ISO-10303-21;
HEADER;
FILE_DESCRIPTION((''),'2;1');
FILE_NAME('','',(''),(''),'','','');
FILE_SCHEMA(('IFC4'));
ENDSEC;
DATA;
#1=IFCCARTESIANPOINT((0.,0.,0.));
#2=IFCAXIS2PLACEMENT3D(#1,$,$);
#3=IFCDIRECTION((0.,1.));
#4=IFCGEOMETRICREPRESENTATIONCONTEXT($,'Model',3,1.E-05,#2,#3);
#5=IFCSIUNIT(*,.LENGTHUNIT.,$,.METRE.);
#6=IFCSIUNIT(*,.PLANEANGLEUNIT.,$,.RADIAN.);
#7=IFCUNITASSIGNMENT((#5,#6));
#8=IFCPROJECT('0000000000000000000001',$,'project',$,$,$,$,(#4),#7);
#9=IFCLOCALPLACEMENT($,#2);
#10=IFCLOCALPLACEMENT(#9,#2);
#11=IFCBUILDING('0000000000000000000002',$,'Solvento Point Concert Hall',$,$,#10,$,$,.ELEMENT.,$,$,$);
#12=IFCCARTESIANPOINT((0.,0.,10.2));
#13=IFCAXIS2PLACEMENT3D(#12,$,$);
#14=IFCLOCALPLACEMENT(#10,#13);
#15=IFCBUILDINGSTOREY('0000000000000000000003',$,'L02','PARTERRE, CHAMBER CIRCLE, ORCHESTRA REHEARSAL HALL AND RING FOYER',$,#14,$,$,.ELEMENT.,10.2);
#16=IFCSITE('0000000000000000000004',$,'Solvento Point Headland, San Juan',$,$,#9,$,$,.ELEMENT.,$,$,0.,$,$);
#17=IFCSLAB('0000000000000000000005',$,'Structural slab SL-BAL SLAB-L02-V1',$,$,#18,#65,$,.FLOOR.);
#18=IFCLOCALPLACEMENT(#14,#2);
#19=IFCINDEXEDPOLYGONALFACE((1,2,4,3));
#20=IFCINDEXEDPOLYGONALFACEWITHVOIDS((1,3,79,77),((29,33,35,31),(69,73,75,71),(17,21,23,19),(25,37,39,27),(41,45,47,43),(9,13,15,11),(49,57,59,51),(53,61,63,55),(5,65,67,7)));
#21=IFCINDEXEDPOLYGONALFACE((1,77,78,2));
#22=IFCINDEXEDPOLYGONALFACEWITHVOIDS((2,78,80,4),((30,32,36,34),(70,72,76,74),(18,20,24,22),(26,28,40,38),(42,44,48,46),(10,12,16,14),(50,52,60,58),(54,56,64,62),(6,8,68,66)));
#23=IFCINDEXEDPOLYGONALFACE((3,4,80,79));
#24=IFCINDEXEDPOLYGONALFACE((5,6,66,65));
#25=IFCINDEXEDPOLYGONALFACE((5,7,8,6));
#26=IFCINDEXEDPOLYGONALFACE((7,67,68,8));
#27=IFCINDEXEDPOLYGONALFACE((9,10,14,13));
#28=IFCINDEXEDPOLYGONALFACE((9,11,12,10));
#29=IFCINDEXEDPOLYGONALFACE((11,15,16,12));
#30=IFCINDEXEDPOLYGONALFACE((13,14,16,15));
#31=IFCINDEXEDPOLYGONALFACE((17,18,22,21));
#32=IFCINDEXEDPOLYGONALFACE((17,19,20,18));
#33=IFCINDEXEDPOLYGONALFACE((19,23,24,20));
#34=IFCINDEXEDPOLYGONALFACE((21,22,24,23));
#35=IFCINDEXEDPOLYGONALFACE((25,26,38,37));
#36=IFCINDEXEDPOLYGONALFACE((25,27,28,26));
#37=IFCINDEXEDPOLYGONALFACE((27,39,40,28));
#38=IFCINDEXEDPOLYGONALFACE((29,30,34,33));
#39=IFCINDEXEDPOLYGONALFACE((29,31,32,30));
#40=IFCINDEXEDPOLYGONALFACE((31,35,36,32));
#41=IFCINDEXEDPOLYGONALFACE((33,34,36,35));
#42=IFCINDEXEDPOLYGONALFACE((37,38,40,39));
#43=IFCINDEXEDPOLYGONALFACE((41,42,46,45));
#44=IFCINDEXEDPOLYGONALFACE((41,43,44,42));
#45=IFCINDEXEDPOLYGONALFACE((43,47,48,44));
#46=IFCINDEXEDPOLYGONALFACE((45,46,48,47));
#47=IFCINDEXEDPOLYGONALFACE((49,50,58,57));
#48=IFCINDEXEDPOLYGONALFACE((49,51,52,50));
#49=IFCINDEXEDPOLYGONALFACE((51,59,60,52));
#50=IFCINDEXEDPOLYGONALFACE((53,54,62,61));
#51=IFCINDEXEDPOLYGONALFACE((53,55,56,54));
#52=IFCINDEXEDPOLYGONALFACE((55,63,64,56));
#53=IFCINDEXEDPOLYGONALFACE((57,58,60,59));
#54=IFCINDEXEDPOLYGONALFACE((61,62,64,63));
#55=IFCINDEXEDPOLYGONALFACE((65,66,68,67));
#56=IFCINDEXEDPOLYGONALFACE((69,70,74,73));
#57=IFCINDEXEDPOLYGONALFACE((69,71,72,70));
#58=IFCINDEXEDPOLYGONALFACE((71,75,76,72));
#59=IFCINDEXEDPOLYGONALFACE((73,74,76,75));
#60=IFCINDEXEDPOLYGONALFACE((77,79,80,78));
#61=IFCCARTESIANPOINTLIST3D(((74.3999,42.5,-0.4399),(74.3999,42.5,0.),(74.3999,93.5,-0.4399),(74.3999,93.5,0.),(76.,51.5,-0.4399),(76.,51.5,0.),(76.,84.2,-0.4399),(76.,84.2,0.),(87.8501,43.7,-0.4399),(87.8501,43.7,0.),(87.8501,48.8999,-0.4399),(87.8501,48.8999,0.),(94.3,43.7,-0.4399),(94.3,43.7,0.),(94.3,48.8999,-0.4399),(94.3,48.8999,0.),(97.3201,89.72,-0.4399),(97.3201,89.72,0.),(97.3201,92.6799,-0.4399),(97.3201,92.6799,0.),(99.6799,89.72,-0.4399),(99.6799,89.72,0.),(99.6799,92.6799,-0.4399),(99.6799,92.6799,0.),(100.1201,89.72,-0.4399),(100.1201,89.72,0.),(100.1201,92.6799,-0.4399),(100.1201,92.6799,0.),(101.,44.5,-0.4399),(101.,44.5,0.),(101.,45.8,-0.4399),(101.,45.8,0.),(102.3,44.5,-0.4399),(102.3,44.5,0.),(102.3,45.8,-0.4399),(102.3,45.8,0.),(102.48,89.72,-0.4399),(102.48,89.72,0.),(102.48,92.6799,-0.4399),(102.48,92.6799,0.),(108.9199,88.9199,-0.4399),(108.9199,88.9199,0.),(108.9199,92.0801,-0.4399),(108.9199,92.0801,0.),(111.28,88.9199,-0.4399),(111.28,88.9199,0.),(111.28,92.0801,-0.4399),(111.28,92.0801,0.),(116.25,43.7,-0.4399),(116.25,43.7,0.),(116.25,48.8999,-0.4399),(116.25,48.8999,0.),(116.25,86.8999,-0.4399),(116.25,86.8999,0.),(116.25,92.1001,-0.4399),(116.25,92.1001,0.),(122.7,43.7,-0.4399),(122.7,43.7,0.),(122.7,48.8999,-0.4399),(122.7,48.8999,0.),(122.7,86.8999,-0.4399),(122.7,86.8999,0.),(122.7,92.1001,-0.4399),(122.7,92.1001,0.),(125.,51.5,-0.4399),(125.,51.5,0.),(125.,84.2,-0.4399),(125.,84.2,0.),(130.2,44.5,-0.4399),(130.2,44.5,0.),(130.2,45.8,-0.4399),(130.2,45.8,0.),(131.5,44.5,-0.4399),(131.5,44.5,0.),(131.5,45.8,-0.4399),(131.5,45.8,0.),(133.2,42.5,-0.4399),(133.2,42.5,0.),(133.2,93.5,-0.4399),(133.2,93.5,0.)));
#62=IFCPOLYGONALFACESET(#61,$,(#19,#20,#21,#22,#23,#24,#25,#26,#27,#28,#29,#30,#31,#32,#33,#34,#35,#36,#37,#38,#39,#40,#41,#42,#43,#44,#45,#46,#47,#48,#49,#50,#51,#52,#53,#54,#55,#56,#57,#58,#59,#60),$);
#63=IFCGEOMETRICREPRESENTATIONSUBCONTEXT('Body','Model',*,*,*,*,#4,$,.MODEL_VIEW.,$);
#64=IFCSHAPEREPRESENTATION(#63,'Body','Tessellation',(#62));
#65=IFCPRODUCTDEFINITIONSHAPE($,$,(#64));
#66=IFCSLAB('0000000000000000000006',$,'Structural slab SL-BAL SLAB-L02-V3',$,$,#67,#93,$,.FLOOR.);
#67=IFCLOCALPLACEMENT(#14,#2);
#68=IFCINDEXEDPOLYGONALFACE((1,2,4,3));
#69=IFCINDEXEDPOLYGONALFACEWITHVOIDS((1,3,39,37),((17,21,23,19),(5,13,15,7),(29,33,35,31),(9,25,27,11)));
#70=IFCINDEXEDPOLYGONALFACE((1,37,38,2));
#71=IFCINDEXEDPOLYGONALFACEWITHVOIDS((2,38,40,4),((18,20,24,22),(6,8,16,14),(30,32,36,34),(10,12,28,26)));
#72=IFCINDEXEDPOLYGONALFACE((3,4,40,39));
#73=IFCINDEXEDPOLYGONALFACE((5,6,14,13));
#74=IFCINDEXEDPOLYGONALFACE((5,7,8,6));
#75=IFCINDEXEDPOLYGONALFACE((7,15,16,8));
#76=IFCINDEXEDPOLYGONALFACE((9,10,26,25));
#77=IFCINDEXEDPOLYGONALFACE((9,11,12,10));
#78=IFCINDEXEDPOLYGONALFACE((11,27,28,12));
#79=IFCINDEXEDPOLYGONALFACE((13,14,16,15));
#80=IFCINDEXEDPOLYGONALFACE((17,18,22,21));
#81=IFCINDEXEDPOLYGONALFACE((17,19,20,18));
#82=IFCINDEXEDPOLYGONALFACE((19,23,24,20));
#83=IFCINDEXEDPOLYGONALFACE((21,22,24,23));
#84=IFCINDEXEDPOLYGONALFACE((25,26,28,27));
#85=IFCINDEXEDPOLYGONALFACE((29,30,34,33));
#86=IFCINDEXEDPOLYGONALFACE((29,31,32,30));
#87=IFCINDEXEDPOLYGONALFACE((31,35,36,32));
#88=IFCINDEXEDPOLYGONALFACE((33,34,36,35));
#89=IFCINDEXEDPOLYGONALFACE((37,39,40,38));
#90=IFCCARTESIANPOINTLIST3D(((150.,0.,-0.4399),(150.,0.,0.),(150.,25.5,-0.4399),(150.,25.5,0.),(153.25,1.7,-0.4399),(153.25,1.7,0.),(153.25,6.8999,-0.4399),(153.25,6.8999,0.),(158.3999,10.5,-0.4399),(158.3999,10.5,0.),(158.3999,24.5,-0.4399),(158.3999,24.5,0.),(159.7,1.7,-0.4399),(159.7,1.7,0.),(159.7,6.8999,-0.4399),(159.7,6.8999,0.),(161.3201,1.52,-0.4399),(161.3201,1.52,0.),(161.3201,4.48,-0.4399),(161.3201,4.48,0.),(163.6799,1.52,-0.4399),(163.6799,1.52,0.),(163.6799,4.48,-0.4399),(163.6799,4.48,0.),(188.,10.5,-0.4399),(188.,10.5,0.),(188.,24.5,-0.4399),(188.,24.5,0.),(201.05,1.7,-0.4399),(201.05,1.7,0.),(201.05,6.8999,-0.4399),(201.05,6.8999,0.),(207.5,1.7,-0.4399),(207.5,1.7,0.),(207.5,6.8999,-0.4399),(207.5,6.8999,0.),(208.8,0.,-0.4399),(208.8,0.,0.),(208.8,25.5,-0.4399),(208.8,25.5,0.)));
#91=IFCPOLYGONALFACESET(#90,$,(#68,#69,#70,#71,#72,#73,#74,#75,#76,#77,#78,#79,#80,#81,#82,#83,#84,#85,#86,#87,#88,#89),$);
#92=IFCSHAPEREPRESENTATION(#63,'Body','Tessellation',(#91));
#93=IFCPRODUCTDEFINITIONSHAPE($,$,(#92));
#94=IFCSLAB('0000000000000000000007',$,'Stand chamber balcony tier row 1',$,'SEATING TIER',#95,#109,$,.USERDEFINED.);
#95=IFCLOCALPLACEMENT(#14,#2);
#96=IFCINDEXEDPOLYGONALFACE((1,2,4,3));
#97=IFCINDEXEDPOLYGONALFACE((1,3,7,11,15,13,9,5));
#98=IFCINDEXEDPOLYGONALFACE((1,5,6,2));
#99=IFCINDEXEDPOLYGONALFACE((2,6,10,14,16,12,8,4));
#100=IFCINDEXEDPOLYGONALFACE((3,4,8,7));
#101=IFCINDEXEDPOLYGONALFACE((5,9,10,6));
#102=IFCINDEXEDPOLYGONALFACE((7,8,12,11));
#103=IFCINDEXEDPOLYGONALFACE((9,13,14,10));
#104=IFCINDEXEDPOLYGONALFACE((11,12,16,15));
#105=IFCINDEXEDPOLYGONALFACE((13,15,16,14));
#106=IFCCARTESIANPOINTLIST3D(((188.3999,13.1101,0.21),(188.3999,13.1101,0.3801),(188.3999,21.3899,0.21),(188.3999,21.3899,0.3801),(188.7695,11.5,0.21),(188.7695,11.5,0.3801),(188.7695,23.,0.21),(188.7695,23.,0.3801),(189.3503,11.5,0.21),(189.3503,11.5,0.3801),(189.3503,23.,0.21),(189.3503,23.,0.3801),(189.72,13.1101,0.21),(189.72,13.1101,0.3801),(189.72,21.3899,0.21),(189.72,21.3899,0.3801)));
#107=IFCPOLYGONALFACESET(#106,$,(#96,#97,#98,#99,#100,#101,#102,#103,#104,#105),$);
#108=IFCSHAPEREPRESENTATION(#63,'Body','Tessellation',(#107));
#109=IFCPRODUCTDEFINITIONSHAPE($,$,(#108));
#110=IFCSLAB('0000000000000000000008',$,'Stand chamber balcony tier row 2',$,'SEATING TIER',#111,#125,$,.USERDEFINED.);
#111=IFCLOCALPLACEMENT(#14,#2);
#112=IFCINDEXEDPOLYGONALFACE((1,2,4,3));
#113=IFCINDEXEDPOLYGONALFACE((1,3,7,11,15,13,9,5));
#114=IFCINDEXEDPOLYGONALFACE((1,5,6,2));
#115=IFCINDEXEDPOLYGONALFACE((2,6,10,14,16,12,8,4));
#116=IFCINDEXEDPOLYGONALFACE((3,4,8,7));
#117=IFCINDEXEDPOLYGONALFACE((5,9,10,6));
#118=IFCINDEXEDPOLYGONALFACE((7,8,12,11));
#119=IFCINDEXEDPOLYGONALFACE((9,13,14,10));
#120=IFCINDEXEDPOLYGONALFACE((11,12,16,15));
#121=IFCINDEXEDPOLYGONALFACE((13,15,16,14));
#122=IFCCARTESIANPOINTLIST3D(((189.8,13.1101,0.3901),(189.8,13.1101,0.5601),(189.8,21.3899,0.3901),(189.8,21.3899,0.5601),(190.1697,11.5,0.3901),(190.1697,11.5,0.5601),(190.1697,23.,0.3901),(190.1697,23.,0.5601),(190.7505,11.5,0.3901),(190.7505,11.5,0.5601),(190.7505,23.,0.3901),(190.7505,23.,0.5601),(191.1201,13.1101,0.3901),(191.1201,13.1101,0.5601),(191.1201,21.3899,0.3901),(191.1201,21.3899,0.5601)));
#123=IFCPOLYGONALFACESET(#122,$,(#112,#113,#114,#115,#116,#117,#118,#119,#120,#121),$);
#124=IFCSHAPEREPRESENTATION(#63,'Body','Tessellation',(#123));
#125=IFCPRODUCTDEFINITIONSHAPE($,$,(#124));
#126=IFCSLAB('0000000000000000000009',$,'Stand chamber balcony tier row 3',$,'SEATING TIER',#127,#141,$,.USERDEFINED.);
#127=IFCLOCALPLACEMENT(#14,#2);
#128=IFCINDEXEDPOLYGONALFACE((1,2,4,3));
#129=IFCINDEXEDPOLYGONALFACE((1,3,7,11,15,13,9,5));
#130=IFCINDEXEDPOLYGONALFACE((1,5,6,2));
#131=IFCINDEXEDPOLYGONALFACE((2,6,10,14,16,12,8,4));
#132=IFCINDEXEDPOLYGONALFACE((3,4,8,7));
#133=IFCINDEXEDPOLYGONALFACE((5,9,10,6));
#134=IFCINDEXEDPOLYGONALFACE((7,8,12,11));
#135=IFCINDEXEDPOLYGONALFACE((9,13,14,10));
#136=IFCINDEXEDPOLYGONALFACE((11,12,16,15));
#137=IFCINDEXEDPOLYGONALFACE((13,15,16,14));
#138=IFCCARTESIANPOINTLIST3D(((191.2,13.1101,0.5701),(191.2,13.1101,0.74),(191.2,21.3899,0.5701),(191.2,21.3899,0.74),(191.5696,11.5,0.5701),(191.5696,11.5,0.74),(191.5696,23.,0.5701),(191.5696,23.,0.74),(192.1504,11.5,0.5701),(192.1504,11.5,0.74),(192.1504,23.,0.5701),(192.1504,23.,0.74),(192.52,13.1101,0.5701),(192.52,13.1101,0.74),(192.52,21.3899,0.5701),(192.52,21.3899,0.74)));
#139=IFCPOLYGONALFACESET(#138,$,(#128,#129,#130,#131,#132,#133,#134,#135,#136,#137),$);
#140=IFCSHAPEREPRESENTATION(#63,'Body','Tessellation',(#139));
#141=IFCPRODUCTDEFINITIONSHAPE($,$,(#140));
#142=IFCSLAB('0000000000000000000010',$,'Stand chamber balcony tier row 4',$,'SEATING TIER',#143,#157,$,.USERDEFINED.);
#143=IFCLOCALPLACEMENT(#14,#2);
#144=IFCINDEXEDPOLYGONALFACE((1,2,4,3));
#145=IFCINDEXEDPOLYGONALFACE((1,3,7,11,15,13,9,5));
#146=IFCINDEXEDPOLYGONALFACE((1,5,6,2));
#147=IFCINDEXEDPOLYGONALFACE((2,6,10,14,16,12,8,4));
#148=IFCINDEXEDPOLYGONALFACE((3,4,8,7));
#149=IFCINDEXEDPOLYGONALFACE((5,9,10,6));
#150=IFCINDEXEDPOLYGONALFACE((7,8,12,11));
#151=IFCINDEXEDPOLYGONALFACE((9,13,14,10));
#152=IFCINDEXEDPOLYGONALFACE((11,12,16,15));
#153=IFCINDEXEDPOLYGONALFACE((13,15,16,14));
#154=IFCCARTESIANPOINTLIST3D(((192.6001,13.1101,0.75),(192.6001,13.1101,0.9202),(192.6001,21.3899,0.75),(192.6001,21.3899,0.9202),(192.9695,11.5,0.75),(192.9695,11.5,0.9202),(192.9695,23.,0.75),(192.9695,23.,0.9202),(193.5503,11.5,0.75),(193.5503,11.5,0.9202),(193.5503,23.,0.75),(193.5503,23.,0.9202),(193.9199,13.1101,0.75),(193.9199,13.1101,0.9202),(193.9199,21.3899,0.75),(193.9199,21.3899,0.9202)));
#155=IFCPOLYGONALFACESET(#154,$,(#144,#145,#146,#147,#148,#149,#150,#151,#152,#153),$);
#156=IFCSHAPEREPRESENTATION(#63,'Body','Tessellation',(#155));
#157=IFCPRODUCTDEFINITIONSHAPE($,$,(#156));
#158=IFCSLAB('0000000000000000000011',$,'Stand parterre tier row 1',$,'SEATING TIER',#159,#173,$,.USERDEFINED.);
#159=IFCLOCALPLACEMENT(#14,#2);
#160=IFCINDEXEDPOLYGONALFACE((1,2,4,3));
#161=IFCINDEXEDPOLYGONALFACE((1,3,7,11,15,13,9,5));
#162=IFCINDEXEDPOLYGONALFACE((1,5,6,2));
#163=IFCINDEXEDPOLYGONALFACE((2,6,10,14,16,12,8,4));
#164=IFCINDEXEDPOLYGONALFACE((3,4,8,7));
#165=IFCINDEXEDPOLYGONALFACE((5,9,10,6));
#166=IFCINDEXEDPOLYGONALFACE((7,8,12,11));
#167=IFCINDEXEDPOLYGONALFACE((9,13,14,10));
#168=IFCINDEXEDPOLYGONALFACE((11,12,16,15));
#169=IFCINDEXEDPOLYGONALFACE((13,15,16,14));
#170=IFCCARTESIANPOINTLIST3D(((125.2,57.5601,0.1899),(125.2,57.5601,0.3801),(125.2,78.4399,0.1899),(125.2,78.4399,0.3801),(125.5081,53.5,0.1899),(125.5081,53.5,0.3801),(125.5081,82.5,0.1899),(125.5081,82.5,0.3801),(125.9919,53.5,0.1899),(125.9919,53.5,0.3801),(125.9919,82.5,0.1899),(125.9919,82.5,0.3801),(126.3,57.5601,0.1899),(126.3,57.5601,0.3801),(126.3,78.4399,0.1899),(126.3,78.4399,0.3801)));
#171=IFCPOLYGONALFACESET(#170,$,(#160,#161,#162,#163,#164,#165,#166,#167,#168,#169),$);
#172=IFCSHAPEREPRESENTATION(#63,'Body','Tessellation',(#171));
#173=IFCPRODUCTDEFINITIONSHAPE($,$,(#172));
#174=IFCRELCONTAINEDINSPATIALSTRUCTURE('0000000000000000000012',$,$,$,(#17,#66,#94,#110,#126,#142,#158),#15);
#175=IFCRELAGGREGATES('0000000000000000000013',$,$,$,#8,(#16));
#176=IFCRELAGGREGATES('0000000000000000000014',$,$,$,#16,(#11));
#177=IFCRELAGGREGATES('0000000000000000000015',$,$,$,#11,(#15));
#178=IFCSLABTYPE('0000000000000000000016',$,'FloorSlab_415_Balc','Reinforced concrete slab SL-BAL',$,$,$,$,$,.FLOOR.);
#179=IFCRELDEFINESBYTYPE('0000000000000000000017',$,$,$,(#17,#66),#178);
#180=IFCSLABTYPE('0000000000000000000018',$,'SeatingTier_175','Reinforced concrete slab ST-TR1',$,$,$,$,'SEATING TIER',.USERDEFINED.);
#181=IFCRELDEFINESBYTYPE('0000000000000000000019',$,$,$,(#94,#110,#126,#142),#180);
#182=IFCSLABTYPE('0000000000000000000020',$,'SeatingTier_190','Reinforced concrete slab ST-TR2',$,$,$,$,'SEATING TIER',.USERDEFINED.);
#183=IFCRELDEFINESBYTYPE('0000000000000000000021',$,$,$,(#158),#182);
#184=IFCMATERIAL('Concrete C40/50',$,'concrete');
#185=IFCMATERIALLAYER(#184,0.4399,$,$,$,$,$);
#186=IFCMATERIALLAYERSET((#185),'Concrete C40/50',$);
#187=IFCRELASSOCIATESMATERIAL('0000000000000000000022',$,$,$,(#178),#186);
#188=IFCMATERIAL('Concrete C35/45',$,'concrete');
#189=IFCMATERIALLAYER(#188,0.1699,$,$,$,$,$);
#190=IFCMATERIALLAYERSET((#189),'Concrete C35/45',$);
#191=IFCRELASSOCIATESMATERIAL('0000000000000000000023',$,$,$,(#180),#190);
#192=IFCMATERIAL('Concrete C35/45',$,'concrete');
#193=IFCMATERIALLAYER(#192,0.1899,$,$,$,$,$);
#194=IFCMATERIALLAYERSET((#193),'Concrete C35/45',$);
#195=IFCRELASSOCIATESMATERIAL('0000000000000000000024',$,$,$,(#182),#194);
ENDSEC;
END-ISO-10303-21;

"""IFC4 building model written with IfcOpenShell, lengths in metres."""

from ifc_helpers import new_model, si_unit, direction, frame, origin, place, context, subcontext, project, spatial, polyline, outline, extrude, material, layer, layer_set, type_object, element, save


model = new_model("IFC4")

# Units and contexts
model_context = context("Model", 3, precision=1e-05, world=origin(), true_north=direction((0.0, 1.0)))
body_context = subcontext(model_context, "Body", "Model", "MODEL_VIEW")
ifc_project = project(units=[si_unit("LENGTHUNIT", "METRE"), si_unit("PLANEANGLEUNIT", "RADIAN")], contexts=[model_context])

# Site, building, storey
site_placement = place(None, origin())
site = spatial("IfcSite", under=ifc_project, at=site_placement, Name="Solvento Point Headland, San Juan", CompositionType="ELEMENT", RefElevation=0.0)
building_placement = place(site_placement, origin())
building = spatial("IfcBuilding", under=site, at=building_placement, Name="Solvento Point Concert Hall", CompositionType="ELEMENT")
storey_placement = place(building_placement, frame((0.0, 0.0, 10.2)))
storey = spatial("IfcBuildingStorey", under=building, at=storey_placement, Name="L02", Description="PARTERRE, CHAMBER CIRCLE, ORCHESTRA REHEARSAL HALL AND RING FOYER", CompositionType="ELEMENT", Elevation=10.2)

# Slabs
ifc_material_1 = material(Name="Concrete C40/50", Category="concrete")
ifc_layer_1 = layer(ifc_material_1, 0.4399)
ifc_layer_set_1 = layer_set([ifc_layer_1], Name="Concrete C40/50")
slab_type_1 = type_object("IfcSlabType", Name="FloorSlab_415_Balc", Description="Reinforced concrete slab SL-BAL", PredefinedType="FLOOR", material=ifc_layer_set_1)
slab_1_placement = place(storey_placement, frame((0.0, 0.0, -0.4399)))
element("IfcSlab", 1, at=slab_1_placement, inside=storey, type_object=slab_type_1, Name="Structural slab SL-BAL SLAB-L02-V1", PredefinedType="FLOOR", context=body_context, shape_type="SweptSolid", body=[
    extrude(outline(polyline([(133.2, 93.5), (133.2, 42.5), (74.3999, 42.5), (74.3999, 93.5), (133.2, 93.5)]), holes=[polyline([(131.5, 44.5), (131.5, 45.8), (130.2, 45.8), (130.2, 44.5), (131.5, 44.5)]), polyline([(76.0, 51.5), (125.0, 51.5), (125.0, 84.2), (76.0, 84.2), (76.0, 51.5)]), polyline([(122.7, 48.8999), (116.25, 48.8999), (116.25, 43.7), (122.7, 43.7), (122.7, 48.8999)]), polyline([(122.7, 86.8999), (122.7, 92.1001), (116.25, 92.1001), (116.25, 86.8999), (122.7, 86.8999)]), polyline([(111.28, 88.9199), (111.28, 92.0801), (108.9199, 92.0801), (108.9199, 88.9199), (111.28, 88.9199)]), polyline([(102.48, 92.6799), (100.1201, 92.6799), (100.1201, 89.72), (102.48, 89.72), (102.48, 92.6799)]), polyline([(102.3, 45.8), (101.0, 45.8), (101.0, 44.5), (102.3, 44.5), (102.3, 45.8)]), polyline([(99.6799, 92.6799), (97.3201, 92.6799), (97.3201, 89.72), (99.6799, 89.72), (99.6799, 92.6799)]), polyline([(94.3, 48.8999), (87.8501, 48.8999), (87.8501, 43.7), (94.3, 43.7), (94.3, 48.8999)])]), origin(), (0.0, 0.0, 1.0), 0.4399),
])
slab_2_placement = place(storey_placement, frame((0.0, 0.0, -0.4399)))
element("IfcSlab", 2, at=slab_2_placement, inside=storey, type_object=slab_type_1, Name="Structural slab SL-BAL SLAB-L02-V3", PredefinedType="FLOOR", context=body_context, shape_type="SweptSolid", body=[
    extrude(outline(polyline([(208.8, 25.5), (208.8, 0.0), (150.0, 0.0), (150.0, 25.5), (208.8, 25.5)]), holes=[polyline([(207.5, 1.7), (207.5, 6.8999), (201.05, 6.8999), (201.05, 1.7), (207.5, 1.7)]), polyline([(158.3999, 10.5), (188.0, 10.5), (188.0, 24.5), (158.3999, 24.5), (158.3999, 10.5)]), polyline([(163.6799, 4.48), (161.3201, 4.48), (161.3201, 1.52), (163.6799, 1.52), (163.6799, 4.48)]), polyline([(159.7, 6.8999), (153.25, 6.8999), (153.25, 1.7), (159.7, 1.7), (159.7, 6.8999)])]), origin(), (0.0, 0.0, 1.0), 0.4399),
])
ifc_material_2 = material(Name="Concrete C35/45", Category="concrete")
ifc_layer_2 = layer(ifc_material_2, 0.1699)
ifc_layer_set_2 = layer_set([ifc_layer_2], Name="Concrete C35/45")
slab_type_2 = type_object("IfcSlabType", Name="SeatingTier_175", Description="Reinforced concrete slab ST-TR1", ElementType="SEATING TIER", PredefinedType="USERDEFINED", material=ifc_layer_set_2)
slab_3_placement = place(storey_placement, frame((0.0, 0.0, 0.21)))
element("IfcSlab", 3, at=slab_3_placement, inside=storey, type_object=slab_type_2, Name="Stand chamber balcony tier row 1", ObjectType="SEATING TIER", PredefinedType="USERDEFINED", context=body_context, shape_type="SweptSolid", body=[
    extrude(outline(polyline([(188.7695, 11.5), (189.3503, 11.5), (189.72, 13.1101), (189.72, 21.3899), (189.3503, 23.0), (188.7695, 23.0), (188.3999, 21.3899), (188.3999, 13.1101), (188.7695, 11.5)])), origin(), (0.0, 0.0, 1.0), 0.1702),
])
slab_4_placement = place(storey_placement, frame((0.0, 0.0, 0.3901)))
element("IfcSlab", 4, at=slab_4_placement, inside=storey, type_object=slab_type_2, Name="Stand chamber balcony tier row 2", ObjectType="SEATING TIER", PredefinedType="USERDEFINED", context=body_context, shape_type="SweptSolid", body=[
    extrude(outline(polyline([(190.1697, 11.5), (190.7505, 11.5), (191.1201, 13.1101), (191.1201, 21.3899), (190.7505, 23.0), (190.1697, 23.0), (189.8, 21.3899), (189.8, 13.1101), (190.1697, 11.5)])), origin(), (0.0, 0.0, 1.0), 0.1699),
])
slab_5_placement = place(storey_placement, frame((0.0, 0.0, 0.5701)))
element("IfcSlab", 5, at=slab_5_placement, inside=storey, type_object=slab_type_2, Name="Stand chamber balcony tier row 3", ObjectType="SEATING TIER", PredefinedType="USERDEFINED", context=body_context, shape_type="SweptSolid", body=[
    extrude(outline(polyline([(191.5696, 11.5), (192.1504, 11.5), (192.52, 13.1101), (192.52, 21.3899), (192.1504, 23.0), (191.5696, 23.0), (191.2, 21.3899), (191.2, 13.1101), (191.5696, 11.5)])), origin(), (0.0, 0.0, 1.0), 0.1699),
])
slab_6_placement = place(storey_placement, frame((0.0, 0.0, 0.75)))
element("IfcSlab", 6, at=slab_6_placement, inside=storey, type_object=slab_type_2, Name="Stand chamber balcony tier row 4", ObjectType="SEATING TIER", PredefinedType="USERDEFINED", context=body_context, shape_type="SweptSolid", body=[
    extrude(outline(polyline([(192.9695, 11.5), (193.5503, 11.5), (193.9199, 13.1101), (193.9199, 21.3899), (193.5503, 23.0), (192.9695, 23.0), (192.6001, 21.3899), (192.6001, 13.1101), (192.9695, 11.5)])), origin(), (0.0, 0.0, 1.0), 0.1702),
])
ifc_material_3 = material(Name="Concrete C35/45", Category="concrete")
ifc_layer_3 = layer(ifc_material_3, 0.1899)
ifc_layer_set_3 = layer_set([ifc_layer_3], Name="Concrete C35/45")
slab_type_3 = type_object("IfcSlabType", Name="SeatingTier_190", Description="Reinforced concrete slab ST-TR2", ElementType="SEATING TIER", PredefinedType="USERDEFINED", material=ifc_layer_set_3)
slab_7_placement = place(storey_placement, frame((0.0, 0.0, 0.1899)))
element("IfcSlab", 7, at=slab_7_placement, inside=storey, type_object=slab_type_3, Name="Stand parterre tier row 1", ObjectType="SEATING TIER", PredefinedType="USERDEFINED", context=body_context, shape_type="SweptSolid", body=[
    extrude(outline(polyline([(125.5081, 53.5), (125.9919, 53.5), (126.3, 57.5601), (126.3, 78.4399), (125.9919, 82.5), (125.5081, 82.5), (125.2, 78.4399), (125.2, 57.5601), (125.5081, 53.5)])), origin(), (0.0, 0.0, 1.0), 0.1902),
])

save(model, "model.ifc")
